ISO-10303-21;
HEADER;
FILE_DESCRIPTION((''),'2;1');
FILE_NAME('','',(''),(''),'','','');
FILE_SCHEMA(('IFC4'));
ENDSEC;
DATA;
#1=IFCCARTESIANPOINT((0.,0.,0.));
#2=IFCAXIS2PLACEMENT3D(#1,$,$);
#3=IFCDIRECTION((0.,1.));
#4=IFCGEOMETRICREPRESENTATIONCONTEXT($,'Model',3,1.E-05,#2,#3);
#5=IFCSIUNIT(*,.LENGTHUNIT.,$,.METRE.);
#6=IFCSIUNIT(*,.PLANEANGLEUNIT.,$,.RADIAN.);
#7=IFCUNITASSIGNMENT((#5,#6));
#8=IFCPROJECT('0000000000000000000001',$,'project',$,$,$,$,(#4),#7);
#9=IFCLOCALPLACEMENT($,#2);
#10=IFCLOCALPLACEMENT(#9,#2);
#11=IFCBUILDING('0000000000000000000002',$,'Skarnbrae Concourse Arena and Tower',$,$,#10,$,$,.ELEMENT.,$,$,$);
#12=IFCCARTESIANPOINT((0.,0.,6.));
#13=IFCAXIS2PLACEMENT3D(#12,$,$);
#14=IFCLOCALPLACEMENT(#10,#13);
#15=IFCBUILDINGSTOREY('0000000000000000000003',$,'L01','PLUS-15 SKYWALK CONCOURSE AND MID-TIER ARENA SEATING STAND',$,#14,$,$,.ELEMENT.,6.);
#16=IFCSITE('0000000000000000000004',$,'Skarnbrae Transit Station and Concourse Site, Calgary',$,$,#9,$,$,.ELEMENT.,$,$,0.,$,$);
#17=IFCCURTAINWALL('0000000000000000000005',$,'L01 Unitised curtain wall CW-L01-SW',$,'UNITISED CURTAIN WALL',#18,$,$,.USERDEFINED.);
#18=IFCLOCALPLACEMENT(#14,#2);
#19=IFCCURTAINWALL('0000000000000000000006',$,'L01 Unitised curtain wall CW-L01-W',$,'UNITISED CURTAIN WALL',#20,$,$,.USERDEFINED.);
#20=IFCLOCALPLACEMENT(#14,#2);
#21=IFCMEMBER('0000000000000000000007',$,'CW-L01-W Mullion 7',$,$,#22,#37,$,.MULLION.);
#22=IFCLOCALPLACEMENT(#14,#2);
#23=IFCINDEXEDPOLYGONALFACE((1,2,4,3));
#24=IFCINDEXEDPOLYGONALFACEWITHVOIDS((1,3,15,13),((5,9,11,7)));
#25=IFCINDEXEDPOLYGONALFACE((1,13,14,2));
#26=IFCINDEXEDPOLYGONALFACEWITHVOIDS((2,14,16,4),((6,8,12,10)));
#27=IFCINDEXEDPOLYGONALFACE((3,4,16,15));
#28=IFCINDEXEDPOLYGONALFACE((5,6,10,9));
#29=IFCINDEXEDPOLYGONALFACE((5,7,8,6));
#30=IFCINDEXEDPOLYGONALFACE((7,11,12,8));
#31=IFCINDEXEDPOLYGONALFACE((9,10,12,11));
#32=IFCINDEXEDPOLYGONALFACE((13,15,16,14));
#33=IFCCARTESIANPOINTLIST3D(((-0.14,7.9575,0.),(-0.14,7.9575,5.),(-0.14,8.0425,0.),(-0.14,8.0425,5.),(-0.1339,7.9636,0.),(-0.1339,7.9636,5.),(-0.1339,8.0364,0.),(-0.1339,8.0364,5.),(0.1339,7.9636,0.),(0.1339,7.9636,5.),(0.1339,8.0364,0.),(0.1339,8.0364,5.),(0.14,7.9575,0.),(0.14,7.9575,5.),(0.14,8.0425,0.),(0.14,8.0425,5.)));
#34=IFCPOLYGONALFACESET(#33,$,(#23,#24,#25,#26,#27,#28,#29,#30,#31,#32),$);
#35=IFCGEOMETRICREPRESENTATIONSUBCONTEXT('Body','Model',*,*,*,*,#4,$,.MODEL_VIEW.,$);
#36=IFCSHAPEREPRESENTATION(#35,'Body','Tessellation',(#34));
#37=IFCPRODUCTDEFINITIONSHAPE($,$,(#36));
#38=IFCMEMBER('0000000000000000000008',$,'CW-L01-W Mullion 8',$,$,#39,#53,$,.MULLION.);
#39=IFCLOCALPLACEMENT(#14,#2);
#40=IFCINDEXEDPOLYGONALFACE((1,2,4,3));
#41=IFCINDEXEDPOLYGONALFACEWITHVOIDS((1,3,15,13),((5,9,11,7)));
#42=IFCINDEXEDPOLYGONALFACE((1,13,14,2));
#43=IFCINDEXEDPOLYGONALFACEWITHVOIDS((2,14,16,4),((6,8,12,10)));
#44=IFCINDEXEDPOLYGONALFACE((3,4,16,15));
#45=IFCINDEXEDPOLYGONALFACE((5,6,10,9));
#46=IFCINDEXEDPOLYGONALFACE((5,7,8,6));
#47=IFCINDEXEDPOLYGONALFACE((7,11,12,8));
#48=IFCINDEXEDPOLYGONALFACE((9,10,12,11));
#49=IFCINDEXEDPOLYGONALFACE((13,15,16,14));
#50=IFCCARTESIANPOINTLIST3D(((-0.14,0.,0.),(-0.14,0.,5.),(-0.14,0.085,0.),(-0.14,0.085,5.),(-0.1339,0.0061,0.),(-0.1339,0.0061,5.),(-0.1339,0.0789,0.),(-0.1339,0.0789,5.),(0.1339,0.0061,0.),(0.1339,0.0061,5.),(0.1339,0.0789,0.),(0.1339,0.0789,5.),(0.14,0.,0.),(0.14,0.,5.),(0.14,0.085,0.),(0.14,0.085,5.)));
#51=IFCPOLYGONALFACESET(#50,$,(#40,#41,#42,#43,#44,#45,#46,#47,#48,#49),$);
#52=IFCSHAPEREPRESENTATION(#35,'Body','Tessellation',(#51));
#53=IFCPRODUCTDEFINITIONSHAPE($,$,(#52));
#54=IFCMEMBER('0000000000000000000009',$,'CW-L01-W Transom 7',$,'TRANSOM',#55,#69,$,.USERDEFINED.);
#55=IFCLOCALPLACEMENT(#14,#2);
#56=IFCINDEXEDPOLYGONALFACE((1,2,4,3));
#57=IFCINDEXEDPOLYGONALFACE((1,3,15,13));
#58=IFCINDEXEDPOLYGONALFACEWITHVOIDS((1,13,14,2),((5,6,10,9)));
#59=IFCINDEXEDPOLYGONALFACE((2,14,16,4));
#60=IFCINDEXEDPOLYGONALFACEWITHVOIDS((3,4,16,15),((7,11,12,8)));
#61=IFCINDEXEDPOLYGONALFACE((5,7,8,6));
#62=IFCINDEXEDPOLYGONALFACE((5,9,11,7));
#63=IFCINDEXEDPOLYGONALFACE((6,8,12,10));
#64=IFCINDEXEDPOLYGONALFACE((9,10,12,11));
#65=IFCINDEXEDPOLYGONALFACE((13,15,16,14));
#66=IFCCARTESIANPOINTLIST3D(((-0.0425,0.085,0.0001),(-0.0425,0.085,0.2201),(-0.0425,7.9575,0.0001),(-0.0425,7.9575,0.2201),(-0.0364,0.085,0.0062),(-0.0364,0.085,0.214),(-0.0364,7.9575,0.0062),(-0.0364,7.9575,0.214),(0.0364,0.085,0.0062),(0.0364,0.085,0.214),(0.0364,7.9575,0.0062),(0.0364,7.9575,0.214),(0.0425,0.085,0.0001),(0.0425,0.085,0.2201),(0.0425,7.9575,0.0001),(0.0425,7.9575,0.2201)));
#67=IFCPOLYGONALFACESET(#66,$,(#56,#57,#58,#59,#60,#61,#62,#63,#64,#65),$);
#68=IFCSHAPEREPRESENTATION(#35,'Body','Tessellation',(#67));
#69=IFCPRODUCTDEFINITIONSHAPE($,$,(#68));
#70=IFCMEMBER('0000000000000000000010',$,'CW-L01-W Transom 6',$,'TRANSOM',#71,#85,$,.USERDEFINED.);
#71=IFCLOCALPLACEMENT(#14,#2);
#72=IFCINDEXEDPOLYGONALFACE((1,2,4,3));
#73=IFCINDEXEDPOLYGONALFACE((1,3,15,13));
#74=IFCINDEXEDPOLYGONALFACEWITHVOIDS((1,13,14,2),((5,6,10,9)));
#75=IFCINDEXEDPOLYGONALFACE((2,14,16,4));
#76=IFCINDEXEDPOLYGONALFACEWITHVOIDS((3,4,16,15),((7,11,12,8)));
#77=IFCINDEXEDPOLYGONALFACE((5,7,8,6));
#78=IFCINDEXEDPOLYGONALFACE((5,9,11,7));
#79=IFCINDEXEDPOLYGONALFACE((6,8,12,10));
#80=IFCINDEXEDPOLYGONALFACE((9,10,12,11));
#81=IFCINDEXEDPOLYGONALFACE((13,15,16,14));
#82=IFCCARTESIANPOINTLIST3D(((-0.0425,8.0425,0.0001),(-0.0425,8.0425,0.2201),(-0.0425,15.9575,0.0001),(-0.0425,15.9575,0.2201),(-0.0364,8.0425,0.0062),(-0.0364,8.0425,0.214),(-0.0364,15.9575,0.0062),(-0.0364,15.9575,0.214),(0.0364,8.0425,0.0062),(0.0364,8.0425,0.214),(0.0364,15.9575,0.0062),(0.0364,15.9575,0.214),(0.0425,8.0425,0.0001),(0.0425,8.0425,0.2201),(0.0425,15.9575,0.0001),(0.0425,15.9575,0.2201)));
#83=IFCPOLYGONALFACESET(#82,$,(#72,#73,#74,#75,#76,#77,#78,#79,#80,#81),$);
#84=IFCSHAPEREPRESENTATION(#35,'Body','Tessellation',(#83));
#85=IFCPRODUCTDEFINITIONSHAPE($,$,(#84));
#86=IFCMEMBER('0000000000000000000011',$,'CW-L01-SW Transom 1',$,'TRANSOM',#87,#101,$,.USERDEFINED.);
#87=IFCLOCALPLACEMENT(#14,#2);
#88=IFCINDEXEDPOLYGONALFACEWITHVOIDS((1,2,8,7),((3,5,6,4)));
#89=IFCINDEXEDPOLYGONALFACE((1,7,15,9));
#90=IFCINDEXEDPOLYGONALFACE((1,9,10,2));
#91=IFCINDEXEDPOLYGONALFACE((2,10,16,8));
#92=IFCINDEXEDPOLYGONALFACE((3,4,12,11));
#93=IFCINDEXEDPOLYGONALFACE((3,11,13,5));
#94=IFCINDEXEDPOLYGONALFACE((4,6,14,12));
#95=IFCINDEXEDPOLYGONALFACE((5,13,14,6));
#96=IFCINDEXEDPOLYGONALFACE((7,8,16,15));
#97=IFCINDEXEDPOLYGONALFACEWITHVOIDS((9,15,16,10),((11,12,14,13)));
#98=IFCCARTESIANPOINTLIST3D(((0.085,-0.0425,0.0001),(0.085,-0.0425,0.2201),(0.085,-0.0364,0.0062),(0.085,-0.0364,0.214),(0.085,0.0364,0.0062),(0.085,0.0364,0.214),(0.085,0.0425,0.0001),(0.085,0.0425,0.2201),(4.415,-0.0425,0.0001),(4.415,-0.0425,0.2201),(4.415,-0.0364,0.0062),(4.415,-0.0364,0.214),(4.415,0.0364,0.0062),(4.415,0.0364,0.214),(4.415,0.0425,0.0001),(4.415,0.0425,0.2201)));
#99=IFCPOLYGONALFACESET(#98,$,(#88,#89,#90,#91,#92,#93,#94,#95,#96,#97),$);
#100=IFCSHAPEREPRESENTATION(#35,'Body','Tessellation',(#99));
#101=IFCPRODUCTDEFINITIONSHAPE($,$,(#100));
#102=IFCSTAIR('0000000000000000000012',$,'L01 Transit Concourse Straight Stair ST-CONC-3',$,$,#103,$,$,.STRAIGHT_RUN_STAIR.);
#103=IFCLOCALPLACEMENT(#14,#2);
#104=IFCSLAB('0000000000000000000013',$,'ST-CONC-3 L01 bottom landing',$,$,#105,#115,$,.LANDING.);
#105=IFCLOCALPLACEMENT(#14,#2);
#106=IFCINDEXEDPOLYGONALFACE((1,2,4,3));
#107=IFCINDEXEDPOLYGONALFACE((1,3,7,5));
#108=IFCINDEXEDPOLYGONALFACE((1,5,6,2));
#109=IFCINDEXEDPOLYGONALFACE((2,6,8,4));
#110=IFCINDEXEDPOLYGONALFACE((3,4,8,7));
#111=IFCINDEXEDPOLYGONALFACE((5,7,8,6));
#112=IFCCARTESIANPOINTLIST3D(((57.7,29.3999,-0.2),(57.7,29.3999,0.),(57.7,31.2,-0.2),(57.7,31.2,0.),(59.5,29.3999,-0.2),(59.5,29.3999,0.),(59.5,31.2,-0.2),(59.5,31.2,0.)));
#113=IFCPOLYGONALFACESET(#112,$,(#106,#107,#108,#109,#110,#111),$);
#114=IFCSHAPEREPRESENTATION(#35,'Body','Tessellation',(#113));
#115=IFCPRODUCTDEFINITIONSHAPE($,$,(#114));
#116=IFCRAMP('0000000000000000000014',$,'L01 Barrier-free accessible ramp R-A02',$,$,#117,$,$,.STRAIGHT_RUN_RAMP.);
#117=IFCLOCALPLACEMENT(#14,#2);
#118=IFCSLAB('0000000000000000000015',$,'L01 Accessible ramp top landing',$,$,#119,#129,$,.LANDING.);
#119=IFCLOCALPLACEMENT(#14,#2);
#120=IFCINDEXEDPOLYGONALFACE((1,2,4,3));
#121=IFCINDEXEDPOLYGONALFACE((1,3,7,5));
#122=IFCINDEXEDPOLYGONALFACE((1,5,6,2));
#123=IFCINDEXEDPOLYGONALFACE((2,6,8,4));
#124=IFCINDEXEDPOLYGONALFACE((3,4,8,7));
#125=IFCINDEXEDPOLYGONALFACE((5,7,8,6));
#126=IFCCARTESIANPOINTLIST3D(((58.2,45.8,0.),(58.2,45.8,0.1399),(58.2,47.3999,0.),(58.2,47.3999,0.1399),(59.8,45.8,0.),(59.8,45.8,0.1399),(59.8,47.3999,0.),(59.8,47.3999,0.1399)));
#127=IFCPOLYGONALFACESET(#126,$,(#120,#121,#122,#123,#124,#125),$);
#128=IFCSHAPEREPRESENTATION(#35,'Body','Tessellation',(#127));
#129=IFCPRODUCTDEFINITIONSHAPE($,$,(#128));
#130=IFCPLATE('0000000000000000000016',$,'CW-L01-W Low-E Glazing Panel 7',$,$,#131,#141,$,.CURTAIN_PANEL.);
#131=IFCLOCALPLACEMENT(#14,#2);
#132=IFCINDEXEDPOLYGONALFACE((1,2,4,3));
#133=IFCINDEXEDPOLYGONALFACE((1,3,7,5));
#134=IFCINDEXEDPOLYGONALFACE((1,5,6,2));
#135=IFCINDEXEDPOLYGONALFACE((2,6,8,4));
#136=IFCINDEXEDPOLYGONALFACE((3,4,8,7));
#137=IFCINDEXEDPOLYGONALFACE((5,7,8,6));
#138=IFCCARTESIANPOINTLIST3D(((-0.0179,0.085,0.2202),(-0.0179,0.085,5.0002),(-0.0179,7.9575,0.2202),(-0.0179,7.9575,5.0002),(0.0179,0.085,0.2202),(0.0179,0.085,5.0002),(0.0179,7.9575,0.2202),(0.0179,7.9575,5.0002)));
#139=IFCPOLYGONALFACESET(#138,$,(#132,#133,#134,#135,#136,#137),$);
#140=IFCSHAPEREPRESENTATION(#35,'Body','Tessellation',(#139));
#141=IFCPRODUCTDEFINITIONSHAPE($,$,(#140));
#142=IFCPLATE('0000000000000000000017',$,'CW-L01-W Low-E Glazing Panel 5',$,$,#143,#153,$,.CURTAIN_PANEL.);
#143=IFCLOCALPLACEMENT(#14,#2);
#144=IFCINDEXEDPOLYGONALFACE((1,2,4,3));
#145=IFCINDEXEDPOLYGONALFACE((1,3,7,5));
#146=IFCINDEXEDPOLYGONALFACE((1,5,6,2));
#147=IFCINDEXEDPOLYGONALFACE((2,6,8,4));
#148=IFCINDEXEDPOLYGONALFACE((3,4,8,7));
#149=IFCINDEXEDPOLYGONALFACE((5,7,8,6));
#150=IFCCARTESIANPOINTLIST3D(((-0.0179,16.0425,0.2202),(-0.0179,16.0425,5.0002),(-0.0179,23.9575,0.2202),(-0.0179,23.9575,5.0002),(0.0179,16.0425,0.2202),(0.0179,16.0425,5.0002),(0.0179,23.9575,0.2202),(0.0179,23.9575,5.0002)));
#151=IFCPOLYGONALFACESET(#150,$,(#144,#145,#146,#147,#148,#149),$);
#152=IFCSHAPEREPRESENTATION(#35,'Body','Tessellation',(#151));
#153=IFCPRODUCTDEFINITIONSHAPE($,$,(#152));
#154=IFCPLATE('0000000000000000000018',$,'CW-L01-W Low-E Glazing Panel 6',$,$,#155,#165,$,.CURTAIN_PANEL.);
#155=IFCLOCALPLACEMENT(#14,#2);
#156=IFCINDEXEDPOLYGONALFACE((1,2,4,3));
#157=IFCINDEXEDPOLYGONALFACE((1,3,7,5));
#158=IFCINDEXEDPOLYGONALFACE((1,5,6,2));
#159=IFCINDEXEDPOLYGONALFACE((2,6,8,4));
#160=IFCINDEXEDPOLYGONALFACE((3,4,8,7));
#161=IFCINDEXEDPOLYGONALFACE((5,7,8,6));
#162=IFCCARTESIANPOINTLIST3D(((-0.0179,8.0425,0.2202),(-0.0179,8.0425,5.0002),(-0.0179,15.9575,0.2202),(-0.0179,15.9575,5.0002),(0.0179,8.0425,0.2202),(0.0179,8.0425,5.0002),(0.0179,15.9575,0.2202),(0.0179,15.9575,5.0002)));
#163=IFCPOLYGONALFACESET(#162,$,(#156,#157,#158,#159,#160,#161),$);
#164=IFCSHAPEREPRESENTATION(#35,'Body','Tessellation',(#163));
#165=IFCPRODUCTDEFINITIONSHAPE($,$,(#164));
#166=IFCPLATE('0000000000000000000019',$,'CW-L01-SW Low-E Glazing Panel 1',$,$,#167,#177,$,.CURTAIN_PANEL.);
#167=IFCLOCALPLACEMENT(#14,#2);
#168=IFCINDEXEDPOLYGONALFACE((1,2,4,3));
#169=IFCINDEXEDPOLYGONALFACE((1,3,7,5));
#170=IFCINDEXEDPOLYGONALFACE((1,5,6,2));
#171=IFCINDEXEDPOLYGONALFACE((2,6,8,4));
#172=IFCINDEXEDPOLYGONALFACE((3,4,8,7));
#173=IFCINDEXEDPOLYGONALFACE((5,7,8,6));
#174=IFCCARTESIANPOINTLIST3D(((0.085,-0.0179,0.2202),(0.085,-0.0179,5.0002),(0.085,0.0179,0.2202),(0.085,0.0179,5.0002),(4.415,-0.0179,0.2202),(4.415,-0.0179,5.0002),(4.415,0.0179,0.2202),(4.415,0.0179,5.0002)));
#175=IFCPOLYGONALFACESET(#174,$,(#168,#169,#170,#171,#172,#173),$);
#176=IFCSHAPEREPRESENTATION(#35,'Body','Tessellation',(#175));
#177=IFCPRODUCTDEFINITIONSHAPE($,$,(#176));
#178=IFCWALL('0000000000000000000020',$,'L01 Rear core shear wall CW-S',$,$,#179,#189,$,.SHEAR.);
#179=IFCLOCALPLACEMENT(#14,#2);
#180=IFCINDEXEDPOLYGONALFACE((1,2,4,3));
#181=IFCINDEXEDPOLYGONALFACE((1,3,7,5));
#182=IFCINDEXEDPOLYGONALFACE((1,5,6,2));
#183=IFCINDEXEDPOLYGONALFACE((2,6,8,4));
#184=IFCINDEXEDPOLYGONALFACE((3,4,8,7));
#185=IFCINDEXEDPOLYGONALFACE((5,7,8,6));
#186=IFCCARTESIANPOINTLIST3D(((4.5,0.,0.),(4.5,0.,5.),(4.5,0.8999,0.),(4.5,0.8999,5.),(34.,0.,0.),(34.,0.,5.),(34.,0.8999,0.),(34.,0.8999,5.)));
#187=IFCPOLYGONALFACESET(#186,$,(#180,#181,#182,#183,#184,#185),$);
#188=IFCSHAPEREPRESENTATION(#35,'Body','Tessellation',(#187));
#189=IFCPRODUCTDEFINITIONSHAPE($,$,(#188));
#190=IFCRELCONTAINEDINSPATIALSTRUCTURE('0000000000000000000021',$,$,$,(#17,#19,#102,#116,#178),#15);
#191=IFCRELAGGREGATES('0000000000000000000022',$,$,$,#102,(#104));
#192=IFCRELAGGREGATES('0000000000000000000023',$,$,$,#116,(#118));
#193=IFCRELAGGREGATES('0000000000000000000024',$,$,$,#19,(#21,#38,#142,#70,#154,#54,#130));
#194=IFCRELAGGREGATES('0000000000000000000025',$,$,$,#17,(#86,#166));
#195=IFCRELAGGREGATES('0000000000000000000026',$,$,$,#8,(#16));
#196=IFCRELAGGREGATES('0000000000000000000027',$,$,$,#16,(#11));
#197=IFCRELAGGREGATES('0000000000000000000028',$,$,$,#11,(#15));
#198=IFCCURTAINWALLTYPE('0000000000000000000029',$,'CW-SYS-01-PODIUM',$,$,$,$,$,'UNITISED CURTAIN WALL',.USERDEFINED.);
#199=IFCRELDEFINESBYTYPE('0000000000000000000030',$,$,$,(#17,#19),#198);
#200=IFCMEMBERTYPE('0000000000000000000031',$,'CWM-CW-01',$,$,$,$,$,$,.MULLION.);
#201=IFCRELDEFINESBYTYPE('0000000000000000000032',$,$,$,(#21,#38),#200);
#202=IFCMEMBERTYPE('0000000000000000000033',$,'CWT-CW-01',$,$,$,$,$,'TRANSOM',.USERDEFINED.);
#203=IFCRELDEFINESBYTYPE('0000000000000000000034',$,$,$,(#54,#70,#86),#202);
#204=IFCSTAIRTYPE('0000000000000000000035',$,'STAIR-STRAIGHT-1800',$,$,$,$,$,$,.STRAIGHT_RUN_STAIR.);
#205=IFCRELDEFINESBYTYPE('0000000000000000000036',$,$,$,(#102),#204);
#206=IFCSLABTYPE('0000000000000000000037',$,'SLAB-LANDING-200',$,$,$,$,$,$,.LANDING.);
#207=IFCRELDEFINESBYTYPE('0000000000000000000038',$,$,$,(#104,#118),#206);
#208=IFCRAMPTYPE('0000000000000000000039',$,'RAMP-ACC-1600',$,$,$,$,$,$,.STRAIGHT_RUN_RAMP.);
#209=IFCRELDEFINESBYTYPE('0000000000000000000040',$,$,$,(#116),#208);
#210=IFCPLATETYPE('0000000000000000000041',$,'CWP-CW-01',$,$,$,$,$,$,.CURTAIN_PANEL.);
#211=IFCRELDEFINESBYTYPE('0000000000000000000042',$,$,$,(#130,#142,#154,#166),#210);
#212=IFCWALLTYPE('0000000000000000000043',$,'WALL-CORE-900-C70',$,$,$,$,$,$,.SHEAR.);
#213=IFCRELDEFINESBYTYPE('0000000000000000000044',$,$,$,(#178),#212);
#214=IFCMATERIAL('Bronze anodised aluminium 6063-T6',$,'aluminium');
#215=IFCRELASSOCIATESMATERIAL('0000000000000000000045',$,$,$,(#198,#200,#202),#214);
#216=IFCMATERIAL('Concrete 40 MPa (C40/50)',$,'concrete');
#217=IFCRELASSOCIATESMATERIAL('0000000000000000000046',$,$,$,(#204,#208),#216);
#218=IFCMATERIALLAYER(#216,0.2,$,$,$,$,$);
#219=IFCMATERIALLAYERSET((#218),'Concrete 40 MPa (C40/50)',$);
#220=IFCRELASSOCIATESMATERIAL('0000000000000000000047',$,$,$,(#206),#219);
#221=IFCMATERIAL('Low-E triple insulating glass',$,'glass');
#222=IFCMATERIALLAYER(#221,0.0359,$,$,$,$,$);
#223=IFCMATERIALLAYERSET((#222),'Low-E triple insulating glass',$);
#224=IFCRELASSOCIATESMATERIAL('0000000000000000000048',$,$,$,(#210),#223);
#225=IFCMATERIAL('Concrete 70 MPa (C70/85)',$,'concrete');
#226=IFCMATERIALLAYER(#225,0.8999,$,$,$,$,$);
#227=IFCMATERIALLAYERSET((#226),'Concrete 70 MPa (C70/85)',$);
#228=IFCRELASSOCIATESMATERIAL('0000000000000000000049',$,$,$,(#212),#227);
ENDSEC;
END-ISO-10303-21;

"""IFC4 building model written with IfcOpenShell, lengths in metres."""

from ifc_helpers import new_model, si_unit, direction, frame, frame_2d, origin, origin_2d, place, context, subcontext, project, spatial, polyline, rectangle, hollow_rectangle, outline, extrude, source, transform, mapped, material, layer, layer_set, material_profile, profile_set, type_object, element, aggregate, save


model = new_model("IFC4")

# Units and contexts
model_context = context("Model", 3, precision=1e-05, world=origin(), true_north=direction((0.0, 1.0)))
body_context = subcontext(model_context, "Body", "Model", "MODEL_VIEW")
ifc_project = project(units=[si_unit("LENGTHUNIT", "METRE"), si_unit("PLANEANGLEUNIT", "RADIAN")], contexts=[model_context])

# Site, building, storey
site_placement = place(None, origin())
site = spatial("IfcSite", under=ifc_project, at=site_placement, Name="Skarnbrae Transit Station and Concourse Site, Calgary", CompositionType="ELEMENT", RefElevation=0.0)
building_placement = place(site_placement, origin())
building = spatial("IfcBuilding", under=site, at=building_placement, Name="Skarnbrae Concourse Arena and Tower", CompositionType="ELEMENT")
storey_placement = place(building_placement, frame((0.0, 0.0, 6.0)))
storey = spatial("IfcBuildingStorey", under=building, at=storey_placement, Name="L01", Description="PLUS-15 SKYWALK CONCOURSE AND MID-TIER ARENA SEATING STAND", CompositionType="ELEMENT", Elevation=6.0)

# Curtain walls, members
ifc_material_1 = material(Name="Bronze anodised aluminium 6063-T6", Category="aluminium")
curtain_wall_type = type_object("IfcCurtainWallType", Name="CW-SYS-01-PODIUM", ElementType="UNITISED CURTAIN WALL", PredefinedType="USERDEFINED", material=ifc_material_1)
curtain_wall_1_placement = place(storey_placement, origin())
curtain_wall_1 = element("IfcCurtainWall", 1, at=curtain_wall_1_placement, inside=storey, type_object=curtain_wall_type, Name="L01 Unitised curtain wall CW-L01-SW", ObjectType="UNITISED CURTAIN WALL", PredefinedType="USERDEFINED")
ifc_material_profile_1 = material_profile(ifc_material_1, hollow_rectangle(XDim=0.085, YDim=0.28, WallThickness=0.0061, at=origin_2d()), Name="ALU-MULL-85X280")
ifc_profile_set_1 = profile_set([ifc_material_profile_1], Name="Bronze anodised aluminium 6063-T6")
member_type_1 = type_object("IfcMemberType", Name="CWM-CW-01", PredefinedType="MULLION", material=ifc_profile_set_1)
shared_shape_1 = source(origin(), body_context, "Body", "SweptSolid", [
    extrude(hollow_rectangle(XDim=0.085, YDim=0.28, WallThickness=0.0061, at=origin_2d()), origin(), (0.0, 0.0, 1.0), 5.0),
])
curtain_wall_2_placement = place(storey_placement, origin())
curtain_wall_2 = element("IfcCurtainWall", 2, at=curtain_wall_2_placement, inside=storey, type_object=curtain_wall_type, Name="L01 Unitised curtain wall CW-L01-W", ObjectType="UNITISED CURTAIN WALL", PredefinedType="USERDEFINED")
member_1_placement = place(storey_placement, frame((0.0, 8.0, 0.0), z_axis=(0.0, 0.0, 1.0), x_axis=(0.0, -1.0, 0.0)))
member_1 = element("IfcMember", 3, at=member_1_placement, type_object=member_type_1, Name="CW-L01-W Mullion 7", PredefinedType="MULLION", context=body_context, shape_type="MappedRepresentation", body=[
    mapped(shared_shape_1, transform((0.0, 0.0, 0.0))),
])
member_2_placement = place(storey_placement, frame((0.0, 0.0425, 0.0), z_axis=(0.0, 0.0, 1.0), x_axis=(0.0, -1.0, 0.0)))
member_2 = element("IfcMember", 4, at=member_2_placement, type_object=member_type_1, Name="CW-L01-W Mullion 8", PredefinedType="MULLION", context=body_context, shape_type="MappedRepresentation", body=[
    mapped(shared_shape_1, transform((0.0, 0.0, 0.0))),
])
ifc_material_profile_2 = material_profile(ifc_material_1, hollow_rectangle(XDim=0.085, YDim=0.22, WallThickness=0.0061, at=origin_2d()), Name="ALU-TRAN-85X220")
ifc_profile_set_2 = profile_set([ifc_material_profile_2], Name="Bronze anodised aluminium 6063-T6")
member_type_2 = type_object("IfcMemberType", Name="CWT-CW-01", ElementType="TRANSOM", PredefinedType="USERDEFINED", material=ifc_profile_set_2)
shared_shape_2 = source(origin(), body_context, "Body", "SweptSolid", [
    extrude(hollow_rectangle(XDim=0.085, YDim=0.22, WallThickness=0.0061, at=origin_2d()), origin(), (0.0, 0.0, 1.0), 7.8726),
])
member_3_placement = place(storey_placement, frame((0.0, 7.9575, 0.1101), z_axis=(0.0, -1.0, 0.0), x_axis=(1.0, 0.0, 0.0)))
member_3 = element("IfcMember", 5, at=member_3_placement, type_object=member_type_2, Name="CW-L01-W Transom 7", ObjectType="TRANSOM", PredefinedType="USERDEFINED", context=body_context, shape_type="MappedRepresentation", body=[
    mapped(shared_shape_2, transform((0.0, 0.0, 0.0))),
])
shared_shape_3 = source(origin(), body_context, "Body", "SweptSolid", [
    extrude(hollow_rectangle(XDim=0.085, YDim=0.22, WallThickness=0.0061, at=origin_2d()), origin(), (0.0, 0.0, 1.0), 7.915),
])
member_4_placement = place(storey_placement, frame((0.0, 15.9575, 0.1101), z_axis=(0.0, -1.0, 0.0), x_axis=(1.0, 0.0, 0.0)))
member_4 = element("IfcMember", 6, at=member_4_placement, type_object=member_type_2, Name="CW-L01-W Transom 6", ObjectType="TRANSOM", PredefinedType="USERDEFINED", context=body_context, shape_type="MappedRepresentation", body=[
    mapped(shared_shape_3, transform((0.0, 0.0, 0.0))),
])

# Member
shared_shape_4 = source(origin(), body_context, "Body", "SweptSolid", [
    extrude(hollow_rectangle(XDim=0.085, YDim=0.22, WallThickness=0.0061, at=origin_2d()), origin(), (0.0, 0.0, 1.0), 4.3301),
])
member_5_placement = place(storey_placement, frame((0.085, 0.0, 0.1101), z_axis=(1.0, 0.0, 0.0), x_axis=(0.0, 1.0, 0.0)))
member_5 = element("IfcMember", 7, at=member_5_placement, type_object=member_type_2, Name="CW-L01-SW Transom 1", ObjectType="TRANSOM", PredefinedType="USERDEFINED", context=body_context, shape_type="MappedRepresentation", body=[
    mapped(shared_shape_4, transform((0.0, 0.0, 0.0))),
])

# Stair, slab
ifc_material_2 = material(Name="Concrete 40 MPa (C40/50)", Category="concrete")
stair_type_1 = type_object("IfcStairType", Name="STAIR-STRAIGHT-1800", PredefinedType="STRAIGHT_RUN_STAIR", material=ifc_material_2)
stair_1_placement = place(storey_placement, origin())
stair_1 = element("IfcStair", 8, at=stair_1_placement, inside=storey, type_object=stair_type_1, Name="L01 Transit Concourse Straight Stair ST-CONC-3", PredefinedType="STRAIGHT_RUN_STAIR")
ifc_layer_1 = layer(ifc_material_2, 0.2)
ifc_layer_set_1 = layer_set([ifc_layer_1], Name="Concrete 40 MPa (C40/50)")
slab_type = type_object("IfcSlabType", Name="SLAB-LANDING-200", PredefinedType="LANDING", material=ifc_layer_set_1)
slab_1_placement = place(storey_placement, frame((0.0, 0.0, -0.2)))
slab_1 = element("IfcSlab", 9, at=slab_1_placement, type_object=slab_type, Name="ST-CONC-3 L01 bottom landing", PredefinedType="LANDING", context=body_context, shape_type="SweptSolid", body=[
    extrude(outline(polyline([(57.7, 29.3999), (59.5, 29.3999), (59.5, 31.2), (57.7, 31.2), (57.7, 29.3999)])), origin(), (0.0, 0.0, 1.0), 0.2),
])
aggregate(stair_1, [slab_1])

# Ramp, slab
ramp_type = type_object("IfcRampType", Name="RAMP-ACC-1600", PredefinedType="STRAIGHT_RUN_RAMP", material=ifc_material_2)
ramp_placement = place(storey_placement, origin())
ramp = element("IfcRamp", 10, at=ramp_placement, inside=storey, type_object=ramp_type, Name="L01 Barrier-free accessible ramp R-A02", PredefinedType="STRAIGHT_RUN_RAMP")
slab_2_placement = place(storey_placement, origin())
slab_2 = element("IfcSlab", 11, at=slab_2_placement, type_object=slab_type, Name="L01 Accessible ramp top landing", PredefinedType="LANDING", context=body_context, shape_type="SweptSolid", body=[
    extrude(outline(polyline([(58.2, 45.8), (59.8, 45.8), (59.8, 47.3999), (58.2, 47.3999), (58.2, 45.8)])), origin(), (0.0, 0.0, 1.0), 0.1399),
])
aggregate(ramp, [slab_2])

# Plates
ifc_material_3 = material(Name="Low-E triple insulating glass", Category="glass")
ifc_layer_2 = layer(ifc_material_3, 0.0359)
ifc_layer_set_2 = layer_set([ifc_layer_2], Name="Low-E triple insulating glass")
plate_type = type_object("IfcPlateType", Name="CWP-CW-01", PredefinedType="CURTAIN_PANEL", material=ifc_layer_set_2)
shared_shape_5 = source(origin(), body_context, "Body", "SweptSolid", [
    extrude(rectangle(XDim=7.8726, YDim=0.0359, at=origin_2d()), origin(), (0.0, 0.0, 1.0), 4.78),
])
plate_1_placement = place(storey_placement, frame((0.0, 4.0212, 0.2202), z_axis=(0.0, 0.0, 1.0), x_axis=(0.0, -1.0, 0.0)))
plate_1 = element("IfcPlate", 12, at=plate_1_placement, type_object=plate_type, Name="CW-L01-W Low-E Glazing Panel 7", PredefinedType="CURTAIN_PANEL", context=body_context, shape_type="MappedRepresentation", body=[
    mapped(shared_shape_5, transform((0.0, 0.0, 0.0))),
])
shared_shape_6 = source(origin(), body_context, "Body", "SweptSolid", [
    extrude(rectangle(XDim=7.915, YDim=0.0359, at=origin_2d()), origin(), (0.0, 0.0, 1.0), 4.78),
])
plate_2_placement = place(storey_placement, frame((0.0, 20.0, 0.2202), z_axis=(0.0, 0.0, 1.0), x_axis=(0.0, -1.0, 0.0)))
plate_2 = element("IfcPlate", 13, at=plate_2_placement, type_object=plate_type, Name="CW-L01-W Low-E Glazing Panel 5", PredefinedType="CURTAIN_PANEL", context=body_context, shape_type="MappedRepresentation", body=[
    mapped(shared_shape_6, transform((0.0, 0.0, 0.0))),
])
plate_3_placement = place(storey_placement, frame((0.0, 12.0, 0.2202), z_axis=(0.0, 0.0, 1.0), x_axis=(0.0, -1.0, 0.0)))
plate_3 = element("IfcPlate", 14, at=plate_3_placement, type_object=plate_type, Name="CW-L01-W Low-E Glazing Panel 6", PredefinedType="CURTAIN_PANEL", context=body_context, shape_type="MappedRepresentation", body=[
    mapped(shared_shape_6, transform((0.0, 0.0, 0.0))),
])
aggregate(curtain_wall_2, [member_1, member_2, plate_2, member_4, plate_3, member_3, plate_1])
shared_shape_7 = source(origin(), body_context, "Body", "SweptSolid", [
    extrude(rectangle(XDim=4.3301, YDim=0.0359, at=origin_2d()), origin(), (0.0, 0.0, 1.0), 4.78),
])
plate_4_placement = place(storey_placement, frame((2.25, 0.0, 0.2202), z_axis=(0.0, 0.0, 1.0), x_axis=(1.0, 0.0, 0.0)))
plate_4 = element("IfcPlate", 15, at=plate_4_placement, type_object=plate_type, Name="CW-L01-SW Low-E Glazing Panel 1", PredefinedType="CURTAIN_PANEL", context=body_context, shape_type="MappedRepresentation", body=[
    mapped(shared_shape_7, transform((0.0, 0.0, 0.0))),
])
aggregate(curtain_wall_1, [member_5, plate_4])

# Wall
ifc_material_4 = material(Name="Concrete 70 MPa (C70/85)", Category="concrete")
ifc_layer_3 = layer(ifc_material_4, 0.8999)
ifc_layer_set_3 = layer_set([ifc_layer_3], Name="Concrete 70 MPa (C70/85)")
wall_type_1 = type_object("IfcWallType", Name="WALL-CORE-900-C70", PredefinedType="SHEAR", material=ifc_layer_set_3)
shared_shape_8 = source(origin(), body_context, "Body", "SweptSolid", [
    extrude(rectangle(XDim=29.5, YDim=0.8999, at=frame_2d((14.75, 0.0))), origin(), (0.0, 0.0, 1.0), 5.0),
])
wall_1_placement = place(storey_placement, frame((4.5, 0.45, 0.0), z_axis=(0.0, 0.0, 1.0), x_axis=(1.0, 0.0, 0.0)))
element("IfcWall", 16, at=wall_1_placement, inside=storey, type_object=wall_type_1, Name="L01 Rear core shear wall CW-S", PredefinedType="SHEAR", context=body_context, shape_type="MappedRepresentation", body=[
    mapped(shared_shape_8, transform((0.0, 0.0, 0.0))),
])

save(model, "model.ifc")
